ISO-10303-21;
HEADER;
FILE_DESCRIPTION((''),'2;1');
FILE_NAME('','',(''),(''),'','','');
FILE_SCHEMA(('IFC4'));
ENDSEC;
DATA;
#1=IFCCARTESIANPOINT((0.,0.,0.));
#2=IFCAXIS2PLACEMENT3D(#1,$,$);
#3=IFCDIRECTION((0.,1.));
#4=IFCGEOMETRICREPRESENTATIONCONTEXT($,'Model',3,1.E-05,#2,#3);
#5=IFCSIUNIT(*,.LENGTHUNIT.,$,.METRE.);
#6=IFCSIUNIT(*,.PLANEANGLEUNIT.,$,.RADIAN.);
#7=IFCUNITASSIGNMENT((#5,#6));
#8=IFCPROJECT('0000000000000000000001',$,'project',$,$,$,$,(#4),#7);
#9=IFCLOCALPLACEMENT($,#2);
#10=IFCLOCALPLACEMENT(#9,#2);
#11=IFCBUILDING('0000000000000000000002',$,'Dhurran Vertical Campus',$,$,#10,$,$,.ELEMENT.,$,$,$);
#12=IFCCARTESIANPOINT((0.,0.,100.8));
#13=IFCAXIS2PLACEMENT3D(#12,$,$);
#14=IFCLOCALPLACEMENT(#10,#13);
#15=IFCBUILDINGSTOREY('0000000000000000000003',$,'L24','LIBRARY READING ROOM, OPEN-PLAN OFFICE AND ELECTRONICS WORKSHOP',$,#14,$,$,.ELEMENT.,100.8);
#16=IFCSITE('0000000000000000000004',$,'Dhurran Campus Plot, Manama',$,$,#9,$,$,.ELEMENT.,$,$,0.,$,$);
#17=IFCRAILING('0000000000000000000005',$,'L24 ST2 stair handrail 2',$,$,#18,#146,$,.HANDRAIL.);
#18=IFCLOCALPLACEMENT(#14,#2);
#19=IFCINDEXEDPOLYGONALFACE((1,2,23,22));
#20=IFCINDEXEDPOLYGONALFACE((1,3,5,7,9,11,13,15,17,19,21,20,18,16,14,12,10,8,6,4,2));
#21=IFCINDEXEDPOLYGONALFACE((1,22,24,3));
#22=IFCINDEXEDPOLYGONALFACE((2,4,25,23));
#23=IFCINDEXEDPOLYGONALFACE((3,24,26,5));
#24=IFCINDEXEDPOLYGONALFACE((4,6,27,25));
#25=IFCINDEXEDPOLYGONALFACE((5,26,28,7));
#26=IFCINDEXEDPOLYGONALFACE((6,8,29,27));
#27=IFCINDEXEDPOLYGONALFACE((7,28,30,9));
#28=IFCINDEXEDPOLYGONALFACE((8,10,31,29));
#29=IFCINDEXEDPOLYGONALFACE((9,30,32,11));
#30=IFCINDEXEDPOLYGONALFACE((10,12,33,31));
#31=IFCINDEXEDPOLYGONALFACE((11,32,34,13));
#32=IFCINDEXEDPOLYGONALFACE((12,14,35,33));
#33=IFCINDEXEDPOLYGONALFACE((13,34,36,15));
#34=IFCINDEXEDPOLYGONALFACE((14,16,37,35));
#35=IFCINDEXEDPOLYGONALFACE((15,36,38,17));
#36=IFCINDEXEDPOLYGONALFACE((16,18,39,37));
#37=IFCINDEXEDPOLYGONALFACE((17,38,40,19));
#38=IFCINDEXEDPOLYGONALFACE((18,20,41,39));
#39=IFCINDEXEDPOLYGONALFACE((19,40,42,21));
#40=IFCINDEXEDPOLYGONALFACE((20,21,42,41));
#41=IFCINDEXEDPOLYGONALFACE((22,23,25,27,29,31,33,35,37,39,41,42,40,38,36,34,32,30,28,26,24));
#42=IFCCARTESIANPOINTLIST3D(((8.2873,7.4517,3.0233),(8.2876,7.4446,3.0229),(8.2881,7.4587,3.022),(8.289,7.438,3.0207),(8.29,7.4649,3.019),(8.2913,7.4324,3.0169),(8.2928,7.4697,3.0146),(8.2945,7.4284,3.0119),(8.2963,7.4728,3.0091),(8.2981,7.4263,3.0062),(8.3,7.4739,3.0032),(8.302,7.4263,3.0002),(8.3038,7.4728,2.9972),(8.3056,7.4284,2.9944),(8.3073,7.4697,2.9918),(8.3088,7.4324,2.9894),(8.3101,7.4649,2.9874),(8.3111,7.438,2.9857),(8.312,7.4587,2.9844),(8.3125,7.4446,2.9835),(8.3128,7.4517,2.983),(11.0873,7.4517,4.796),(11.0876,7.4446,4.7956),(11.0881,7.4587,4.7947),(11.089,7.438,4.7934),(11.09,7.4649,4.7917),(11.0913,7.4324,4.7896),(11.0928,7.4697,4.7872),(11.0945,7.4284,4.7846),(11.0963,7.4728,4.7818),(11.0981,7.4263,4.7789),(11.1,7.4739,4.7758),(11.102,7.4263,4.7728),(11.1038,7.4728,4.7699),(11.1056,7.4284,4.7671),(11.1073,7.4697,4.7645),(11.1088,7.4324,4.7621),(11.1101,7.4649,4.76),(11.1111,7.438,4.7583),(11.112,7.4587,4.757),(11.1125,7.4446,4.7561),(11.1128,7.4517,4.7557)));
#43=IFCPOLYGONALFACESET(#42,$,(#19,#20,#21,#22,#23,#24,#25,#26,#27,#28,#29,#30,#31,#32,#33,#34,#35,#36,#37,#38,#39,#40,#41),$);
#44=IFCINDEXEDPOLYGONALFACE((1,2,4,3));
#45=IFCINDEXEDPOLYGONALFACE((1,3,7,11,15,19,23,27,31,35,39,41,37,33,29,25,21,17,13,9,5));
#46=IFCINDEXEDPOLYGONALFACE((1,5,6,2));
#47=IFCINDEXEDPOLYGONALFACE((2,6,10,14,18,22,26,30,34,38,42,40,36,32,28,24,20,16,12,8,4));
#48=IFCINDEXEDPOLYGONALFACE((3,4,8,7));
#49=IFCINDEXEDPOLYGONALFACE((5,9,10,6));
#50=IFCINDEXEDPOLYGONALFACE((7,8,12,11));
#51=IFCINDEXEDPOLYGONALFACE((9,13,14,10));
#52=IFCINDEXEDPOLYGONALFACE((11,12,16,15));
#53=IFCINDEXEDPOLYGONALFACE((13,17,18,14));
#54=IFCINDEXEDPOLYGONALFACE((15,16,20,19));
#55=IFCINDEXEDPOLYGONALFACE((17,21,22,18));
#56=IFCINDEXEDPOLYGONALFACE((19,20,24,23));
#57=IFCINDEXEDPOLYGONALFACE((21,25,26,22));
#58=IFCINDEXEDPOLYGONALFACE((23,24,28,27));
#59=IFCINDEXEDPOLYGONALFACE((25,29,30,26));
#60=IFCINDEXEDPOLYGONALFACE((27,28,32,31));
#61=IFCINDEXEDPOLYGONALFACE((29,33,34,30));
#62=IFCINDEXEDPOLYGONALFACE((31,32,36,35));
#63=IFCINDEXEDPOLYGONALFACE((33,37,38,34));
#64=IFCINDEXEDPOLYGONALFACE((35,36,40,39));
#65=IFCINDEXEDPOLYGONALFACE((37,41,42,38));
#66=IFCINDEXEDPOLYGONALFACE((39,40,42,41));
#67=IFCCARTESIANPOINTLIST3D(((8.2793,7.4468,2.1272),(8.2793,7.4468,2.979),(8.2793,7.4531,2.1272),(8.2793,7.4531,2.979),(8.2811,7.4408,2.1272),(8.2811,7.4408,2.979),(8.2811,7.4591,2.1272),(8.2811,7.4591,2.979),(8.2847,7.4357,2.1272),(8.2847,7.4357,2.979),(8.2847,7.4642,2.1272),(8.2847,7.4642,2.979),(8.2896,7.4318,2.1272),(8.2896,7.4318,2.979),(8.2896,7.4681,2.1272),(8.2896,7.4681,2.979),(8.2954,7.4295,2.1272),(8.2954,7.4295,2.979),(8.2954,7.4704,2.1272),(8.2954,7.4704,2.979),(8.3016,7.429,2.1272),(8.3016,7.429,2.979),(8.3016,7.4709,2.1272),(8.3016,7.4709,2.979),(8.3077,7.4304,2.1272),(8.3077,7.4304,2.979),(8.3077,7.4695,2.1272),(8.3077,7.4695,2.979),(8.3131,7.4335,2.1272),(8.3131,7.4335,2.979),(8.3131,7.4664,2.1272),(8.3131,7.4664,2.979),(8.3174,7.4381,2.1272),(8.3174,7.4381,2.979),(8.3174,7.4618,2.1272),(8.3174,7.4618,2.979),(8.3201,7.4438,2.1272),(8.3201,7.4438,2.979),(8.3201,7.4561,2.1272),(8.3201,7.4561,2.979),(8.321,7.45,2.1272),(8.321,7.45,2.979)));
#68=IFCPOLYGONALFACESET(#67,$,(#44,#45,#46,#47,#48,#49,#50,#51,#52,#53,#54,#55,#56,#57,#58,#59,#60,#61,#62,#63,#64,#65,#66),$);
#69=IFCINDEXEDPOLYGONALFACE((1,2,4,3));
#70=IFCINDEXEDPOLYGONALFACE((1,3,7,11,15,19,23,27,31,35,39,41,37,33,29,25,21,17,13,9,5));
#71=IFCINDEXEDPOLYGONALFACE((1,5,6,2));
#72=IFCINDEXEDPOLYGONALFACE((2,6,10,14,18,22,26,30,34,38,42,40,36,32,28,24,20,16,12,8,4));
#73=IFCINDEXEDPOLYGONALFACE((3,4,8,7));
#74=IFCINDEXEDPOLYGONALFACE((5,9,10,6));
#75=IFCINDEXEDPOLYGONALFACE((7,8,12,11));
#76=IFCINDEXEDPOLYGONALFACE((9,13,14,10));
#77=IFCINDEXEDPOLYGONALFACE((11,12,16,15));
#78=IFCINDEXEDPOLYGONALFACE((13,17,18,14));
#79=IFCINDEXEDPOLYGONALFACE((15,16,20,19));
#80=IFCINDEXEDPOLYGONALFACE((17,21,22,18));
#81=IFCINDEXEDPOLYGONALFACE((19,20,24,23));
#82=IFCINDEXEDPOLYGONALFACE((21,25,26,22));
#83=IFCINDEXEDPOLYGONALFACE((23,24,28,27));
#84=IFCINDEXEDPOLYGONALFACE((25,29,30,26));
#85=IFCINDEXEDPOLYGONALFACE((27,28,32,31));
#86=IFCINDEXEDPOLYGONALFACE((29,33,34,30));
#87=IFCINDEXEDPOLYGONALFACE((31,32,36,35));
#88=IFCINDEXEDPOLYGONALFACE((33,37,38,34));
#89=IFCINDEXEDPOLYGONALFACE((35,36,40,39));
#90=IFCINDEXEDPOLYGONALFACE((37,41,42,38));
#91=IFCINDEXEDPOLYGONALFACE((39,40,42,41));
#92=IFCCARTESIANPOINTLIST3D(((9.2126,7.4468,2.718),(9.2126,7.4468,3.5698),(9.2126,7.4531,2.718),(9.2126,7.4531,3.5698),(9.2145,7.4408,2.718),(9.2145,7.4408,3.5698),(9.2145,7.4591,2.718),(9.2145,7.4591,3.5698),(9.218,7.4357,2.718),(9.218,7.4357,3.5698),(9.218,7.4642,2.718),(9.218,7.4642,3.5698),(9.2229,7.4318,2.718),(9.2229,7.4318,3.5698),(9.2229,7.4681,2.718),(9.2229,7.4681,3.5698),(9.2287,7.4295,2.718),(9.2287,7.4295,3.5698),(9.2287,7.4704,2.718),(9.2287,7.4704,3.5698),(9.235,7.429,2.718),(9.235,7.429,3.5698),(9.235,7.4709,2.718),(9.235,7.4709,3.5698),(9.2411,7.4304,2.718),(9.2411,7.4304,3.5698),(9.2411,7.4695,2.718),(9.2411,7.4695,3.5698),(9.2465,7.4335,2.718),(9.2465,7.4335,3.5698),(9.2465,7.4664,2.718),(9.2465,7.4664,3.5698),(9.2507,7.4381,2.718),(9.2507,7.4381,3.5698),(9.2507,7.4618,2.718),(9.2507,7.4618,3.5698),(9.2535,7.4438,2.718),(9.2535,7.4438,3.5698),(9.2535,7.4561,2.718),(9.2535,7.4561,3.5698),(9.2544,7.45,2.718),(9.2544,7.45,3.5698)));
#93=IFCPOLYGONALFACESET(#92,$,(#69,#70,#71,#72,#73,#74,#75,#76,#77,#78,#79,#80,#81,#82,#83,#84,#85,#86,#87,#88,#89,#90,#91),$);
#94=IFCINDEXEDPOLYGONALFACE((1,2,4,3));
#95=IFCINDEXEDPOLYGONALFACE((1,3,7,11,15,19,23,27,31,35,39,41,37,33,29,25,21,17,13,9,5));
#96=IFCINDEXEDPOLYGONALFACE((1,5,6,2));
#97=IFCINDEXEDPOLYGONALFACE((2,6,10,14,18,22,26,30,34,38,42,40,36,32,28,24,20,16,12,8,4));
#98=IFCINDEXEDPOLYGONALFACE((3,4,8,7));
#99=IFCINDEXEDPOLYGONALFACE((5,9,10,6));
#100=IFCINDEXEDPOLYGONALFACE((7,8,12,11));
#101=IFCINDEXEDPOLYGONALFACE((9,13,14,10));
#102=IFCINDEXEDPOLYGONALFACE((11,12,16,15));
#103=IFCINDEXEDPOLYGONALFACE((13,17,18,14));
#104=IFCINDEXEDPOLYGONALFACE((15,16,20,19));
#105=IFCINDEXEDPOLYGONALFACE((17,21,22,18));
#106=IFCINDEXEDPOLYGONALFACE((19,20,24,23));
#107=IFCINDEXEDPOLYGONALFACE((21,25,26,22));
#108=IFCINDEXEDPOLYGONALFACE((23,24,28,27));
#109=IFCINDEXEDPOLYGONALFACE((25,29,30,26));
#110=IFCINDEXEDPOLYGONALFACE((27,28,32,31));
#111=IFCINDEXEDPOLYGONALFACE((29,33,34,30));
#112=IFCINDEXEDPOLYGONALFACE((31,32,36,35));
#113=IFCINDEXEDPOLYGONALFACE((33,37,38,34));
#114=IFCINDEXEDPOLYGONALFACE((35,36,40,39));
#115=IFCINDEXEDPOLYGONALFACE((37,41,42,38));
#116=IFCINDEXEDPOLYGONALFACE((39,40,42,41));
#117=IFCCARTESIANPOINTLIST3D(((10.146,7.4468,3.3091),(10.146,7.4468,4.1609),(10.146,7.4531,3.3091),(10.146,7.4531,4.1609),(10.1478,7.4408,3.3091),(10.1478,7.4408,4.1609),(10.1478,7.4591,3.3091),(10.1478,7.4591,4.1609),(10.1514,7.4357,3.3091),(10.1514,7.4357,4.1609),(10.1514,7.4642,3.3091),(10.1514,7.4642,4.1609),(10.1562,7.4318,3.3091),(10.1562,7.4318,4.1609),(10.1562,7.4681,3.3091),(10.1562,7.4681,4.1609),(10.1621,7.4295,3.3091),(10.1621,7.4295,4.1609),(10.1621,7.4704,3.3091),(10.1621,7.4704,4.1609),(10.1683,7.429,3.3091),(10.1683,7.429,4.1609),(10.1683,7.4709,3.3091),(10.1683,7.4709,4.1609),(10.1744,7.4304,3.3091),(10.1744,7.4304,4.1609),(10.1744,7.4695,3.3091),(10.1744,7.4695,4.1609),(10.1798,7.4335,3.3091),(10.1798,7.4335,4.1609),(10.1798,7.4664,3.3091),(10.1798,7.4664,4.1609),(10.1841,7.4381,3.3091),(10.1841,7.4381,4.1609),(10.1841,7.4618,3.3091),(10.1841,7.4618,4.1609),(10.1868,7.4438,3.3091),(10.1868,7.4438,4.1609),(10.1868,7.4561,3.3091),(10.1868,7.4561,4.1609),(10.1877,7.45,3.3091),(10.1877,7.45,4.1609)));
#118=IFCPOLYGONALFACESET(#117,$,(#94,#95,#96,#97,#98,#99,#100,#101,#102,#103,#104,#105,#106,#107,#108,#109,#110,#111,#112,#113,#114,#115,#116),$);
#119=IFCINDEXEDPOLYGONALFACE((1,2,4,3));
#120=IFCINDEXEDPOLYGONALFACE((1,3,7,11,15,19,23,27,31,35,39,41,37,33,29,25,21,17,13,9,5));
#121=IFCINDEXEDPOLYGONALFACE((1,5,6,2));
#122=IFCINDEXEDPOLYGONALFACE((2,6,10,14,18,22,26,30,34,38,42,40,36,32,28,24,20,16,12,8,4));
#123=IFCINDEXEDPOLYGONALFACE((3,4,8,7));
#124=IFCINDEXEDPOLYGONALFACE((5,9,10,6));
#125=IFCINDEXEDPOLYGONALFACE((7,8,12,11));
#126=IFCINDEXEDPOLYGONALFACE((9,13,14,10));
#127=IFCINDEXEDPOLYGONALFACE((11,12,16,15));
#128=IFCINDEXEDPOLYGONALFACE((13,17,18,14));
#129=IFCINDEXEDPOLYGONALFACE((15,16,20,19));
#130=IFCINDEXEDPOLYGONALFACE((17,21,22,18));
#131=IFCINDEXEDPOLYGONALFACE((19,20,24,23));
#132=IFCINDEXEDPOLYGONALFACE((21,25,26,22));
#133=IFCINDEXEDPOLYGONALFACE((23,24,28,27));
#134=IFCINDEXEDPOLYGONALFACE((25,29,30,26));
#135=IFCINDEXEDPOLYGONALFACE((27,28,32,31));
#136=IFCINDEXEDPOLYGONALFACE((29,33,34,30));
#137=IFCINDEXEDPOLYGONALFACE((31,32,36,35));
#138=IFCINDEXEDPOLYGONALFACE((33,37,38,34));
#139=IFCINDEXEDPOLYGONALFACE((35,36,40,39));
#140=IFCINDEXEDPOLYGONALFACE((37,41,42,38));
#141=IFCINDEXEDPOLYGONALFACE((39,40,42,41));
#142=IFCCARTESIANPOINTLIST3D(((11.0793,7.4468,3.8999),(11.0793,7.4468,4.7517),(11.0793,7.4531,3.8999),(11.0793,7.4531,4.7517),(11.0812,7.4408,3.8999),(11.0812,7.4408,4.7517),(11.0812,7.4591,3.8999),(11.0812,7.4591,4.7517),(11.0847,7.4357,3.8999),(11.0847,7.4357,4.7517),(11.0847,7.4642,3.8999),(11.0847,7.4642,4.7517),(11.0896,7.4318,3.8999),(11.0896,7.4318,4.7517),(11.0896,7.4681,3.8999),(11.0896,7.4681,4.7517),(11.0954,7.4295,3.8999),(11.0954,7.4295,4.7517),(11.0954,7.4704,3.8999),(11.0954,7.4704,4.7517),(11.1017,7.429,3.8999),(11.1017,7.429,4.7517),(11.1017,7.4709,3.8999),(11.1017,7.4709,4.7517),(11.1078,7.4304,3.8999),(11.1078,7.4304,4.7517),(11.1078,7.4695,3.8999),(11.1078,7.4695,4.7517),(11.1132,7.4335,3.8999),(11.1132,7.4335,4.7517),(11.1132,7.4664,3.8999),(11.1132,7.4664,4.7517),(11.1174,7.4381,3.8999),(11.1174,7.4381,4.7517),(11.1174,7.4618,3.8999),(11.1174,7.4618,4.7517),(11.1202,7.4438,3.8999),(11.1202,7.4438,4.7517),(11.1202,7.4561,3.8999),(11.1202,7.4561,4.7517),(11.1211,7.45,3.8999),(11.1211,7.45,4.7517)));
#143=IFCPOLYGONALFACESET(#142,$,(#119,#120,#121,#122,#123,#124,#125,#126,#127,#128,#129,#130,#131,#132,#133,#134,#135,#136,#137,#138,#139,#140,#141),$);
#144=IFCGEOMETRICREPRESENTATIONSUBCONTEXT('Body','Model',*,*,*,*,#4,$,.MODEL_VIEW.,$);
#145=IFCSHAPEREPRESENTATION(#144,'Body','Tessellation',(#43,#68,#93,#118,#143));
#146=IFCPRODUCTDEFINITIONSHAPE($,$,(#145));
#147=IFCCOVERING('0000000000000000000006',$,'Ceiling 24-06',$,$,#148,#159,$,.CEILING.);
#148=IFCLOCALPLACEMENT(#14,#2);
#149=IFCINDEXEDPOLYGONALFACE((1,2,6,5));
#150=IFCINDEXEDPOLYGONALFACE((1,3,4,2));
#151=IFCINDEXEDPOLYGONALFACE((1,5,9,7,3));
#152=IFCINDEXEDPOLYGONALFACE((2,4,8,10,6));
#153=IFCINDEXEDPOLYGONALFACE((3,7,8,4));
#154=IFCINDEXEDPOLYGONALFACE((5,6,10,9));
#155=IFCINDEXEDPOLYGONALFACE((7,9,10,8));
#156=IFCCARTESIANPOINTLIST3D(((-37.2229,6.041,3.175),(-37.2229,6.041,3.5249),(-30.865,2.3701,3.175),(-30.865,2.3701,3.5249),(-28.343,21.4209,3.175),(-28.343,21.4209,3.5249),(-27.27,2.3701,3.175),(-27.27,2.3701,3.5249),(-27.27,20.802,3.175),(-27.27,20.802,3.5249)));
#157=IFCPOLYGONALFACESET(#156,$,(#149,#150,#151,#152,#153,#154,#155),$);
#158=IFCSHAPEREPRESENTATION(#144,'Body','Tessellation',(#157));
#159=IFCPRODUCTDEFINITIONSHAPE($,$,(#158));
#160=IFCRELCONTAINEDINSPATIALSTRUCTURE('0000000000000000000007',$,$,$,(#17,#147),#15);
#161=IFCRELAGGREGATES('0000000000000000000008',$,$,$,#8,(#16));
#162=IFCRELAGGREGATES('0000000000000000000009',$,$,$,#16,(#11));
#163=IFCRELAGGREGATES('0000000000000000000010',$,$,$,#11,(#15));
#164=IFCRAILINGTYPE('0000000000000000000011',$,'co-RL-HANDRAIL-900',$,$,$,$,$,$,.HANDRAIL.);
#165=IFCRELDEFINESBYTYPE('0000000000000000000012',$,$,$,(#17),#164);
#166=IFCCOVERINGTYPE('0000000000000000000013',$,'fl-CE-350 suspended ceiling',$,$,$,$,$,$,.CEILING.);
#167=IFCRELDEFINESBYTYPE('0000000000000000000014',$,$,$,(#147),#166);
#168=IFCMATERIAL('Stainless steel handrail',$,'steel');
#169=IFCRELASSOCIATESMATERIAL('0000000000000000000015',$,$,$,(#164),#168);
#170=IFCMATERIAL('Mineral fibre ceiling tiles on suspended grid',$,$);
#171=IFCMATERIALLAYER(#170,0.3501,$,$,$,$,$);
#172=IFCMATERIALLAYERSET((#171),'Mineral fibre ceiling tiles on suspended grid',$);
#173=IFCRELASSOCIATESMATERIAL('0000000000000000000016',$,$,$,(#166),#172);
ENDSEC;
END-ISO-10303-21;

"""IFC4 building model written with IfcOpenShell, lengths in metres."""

from ifc_helpers import new_model, si_unit, direction, frame, origin, origin_2d, place, context, subcontext, project, spatial, polyline, circle, outline, extrude, material, layer, layer_set, type_object, element, save


model = new_model("IFC4")

# Units and contexts
model_context = context("Model", 3, precision=1e-05, world=origin(), true_north=direction((0.0, 1.0)))
body_context = subcontext(model_context, "Body", "Model", "MODEL_VIEW")
ifc_project = project(units=[si_unit("LENGTHUNIT", "METRE"), si_unit("PLANEANGLEUNIT", "RADIAN")], contexts=[model_context])

# Site, building, storey
site_placement = place(None, origin())
site = spatial("IfcSite", under=ifc_project, at=site_placement, Name="Dhurran Campus Plot, Manama", CompositionType="ELEMENT", RefElevation=0.0)
building_placement = place(site_placement, origin())
building = spatial("IfcBuilding", under=site, at=building_placement, Name="Dhurran Vertical Campus", CompositionType="ELEMENT")
storey_placement = place(building_placement, frame((0.0, 0.0, 100.8)))
storey = spatial("IfcBuildingStorey", under=building, at=storey_placement, Name="L24", Description="LIBRARY READING ROOM, OPEN-PLAN OFFICE AND ELECTRONICS WORKSHOP", CompositionType="ELEMENT", Elevation=100.8)

# Railing
ifc_material_1 = material(Name="Stainless steel handrail", Category="steel")
railing_type = type_object("IfcRailingType", Name="co-RL-HANDRAIL-900", PredefinedType="HANDRAIL", material=ifc_material_1)
railing_placement = place(storey_placement, frame((8.3, 7.45, 2.1272)))
element("IfcRailing", 1, at=railing_placement, inside=storey, type_object=railing_type, Name="L24 ST2 stair handrail 2", PredefinedType="HANDRAIL", context=body_context, shape_type="SweptSolid", body=[
    extrude(circle(Radius=0.0239, at=origin_2d()), frame((0.0, 0.0, 0.876), z_axis=(0.844909, 0.0, 0.53491), x_axis=(0.0, 1.0, 0.0)), (0.0, 0.0, 1.0), 3.314),
    extrude(circle(Radius=0.021, at=origin_2d()), origin(), (0.0, 0.0, 1.0), 0.8518),
    extrude(circle(Radius=0.021, at=origin_2d()), frame((0.9333, 0.0, 0.5908)), (0.0, 0.0, 1.0), 0.8518),
    extrude(circle(Radius=0.021, at=origin_2d()), frame((1.8667, 0.0, 1.1819)), (0.0, 0.0, 1.0), 0.8518),
    extrude(circle(Radius=0.021, at=origin_2d()), frame((2.8, 0.0, 1.7727)), (0.0, 0.0, 1.0), 0.8518),
])

# Covering
ifc_material_2 = material(Name="Mineral fibre ceiling tiles on suspended grid")
ifc_layer_1 = layer(ifc_material_2, 0.3501)
ifc_layer_set_1 = layer_set([ifc_layer_1], Name="Mineral fibre ceiling tiles on suspended grid")
covering_type = type_object("IfcCoveringType", Name="fl-CE-350 suspended ceiling", PredefinedType="CEILING", material=ifc_layer_set_1)
covering_1_placement = place(storey_placement, frame((0.0, 0.0, 3.175)))
element("IfcCovering", 2, at=covering_1_placement, inside=storey, type_object=covering_type, Name="Ceiling 24-06", PredefinedType="CEILING", context=body_context, shape_type="SweptSolid", body=[
    extrude(outline(polyline([(-27.27, 20.802), (-27.27, 2.3701), (-30.865, 2.3701), (-37.2229, 6.041), (-28.343, 21.4209), (-27.27, 20.802)])), origin(), (0.0, 0.0, 1.0), 0.3499),
])

save(model, "model.ifc")
